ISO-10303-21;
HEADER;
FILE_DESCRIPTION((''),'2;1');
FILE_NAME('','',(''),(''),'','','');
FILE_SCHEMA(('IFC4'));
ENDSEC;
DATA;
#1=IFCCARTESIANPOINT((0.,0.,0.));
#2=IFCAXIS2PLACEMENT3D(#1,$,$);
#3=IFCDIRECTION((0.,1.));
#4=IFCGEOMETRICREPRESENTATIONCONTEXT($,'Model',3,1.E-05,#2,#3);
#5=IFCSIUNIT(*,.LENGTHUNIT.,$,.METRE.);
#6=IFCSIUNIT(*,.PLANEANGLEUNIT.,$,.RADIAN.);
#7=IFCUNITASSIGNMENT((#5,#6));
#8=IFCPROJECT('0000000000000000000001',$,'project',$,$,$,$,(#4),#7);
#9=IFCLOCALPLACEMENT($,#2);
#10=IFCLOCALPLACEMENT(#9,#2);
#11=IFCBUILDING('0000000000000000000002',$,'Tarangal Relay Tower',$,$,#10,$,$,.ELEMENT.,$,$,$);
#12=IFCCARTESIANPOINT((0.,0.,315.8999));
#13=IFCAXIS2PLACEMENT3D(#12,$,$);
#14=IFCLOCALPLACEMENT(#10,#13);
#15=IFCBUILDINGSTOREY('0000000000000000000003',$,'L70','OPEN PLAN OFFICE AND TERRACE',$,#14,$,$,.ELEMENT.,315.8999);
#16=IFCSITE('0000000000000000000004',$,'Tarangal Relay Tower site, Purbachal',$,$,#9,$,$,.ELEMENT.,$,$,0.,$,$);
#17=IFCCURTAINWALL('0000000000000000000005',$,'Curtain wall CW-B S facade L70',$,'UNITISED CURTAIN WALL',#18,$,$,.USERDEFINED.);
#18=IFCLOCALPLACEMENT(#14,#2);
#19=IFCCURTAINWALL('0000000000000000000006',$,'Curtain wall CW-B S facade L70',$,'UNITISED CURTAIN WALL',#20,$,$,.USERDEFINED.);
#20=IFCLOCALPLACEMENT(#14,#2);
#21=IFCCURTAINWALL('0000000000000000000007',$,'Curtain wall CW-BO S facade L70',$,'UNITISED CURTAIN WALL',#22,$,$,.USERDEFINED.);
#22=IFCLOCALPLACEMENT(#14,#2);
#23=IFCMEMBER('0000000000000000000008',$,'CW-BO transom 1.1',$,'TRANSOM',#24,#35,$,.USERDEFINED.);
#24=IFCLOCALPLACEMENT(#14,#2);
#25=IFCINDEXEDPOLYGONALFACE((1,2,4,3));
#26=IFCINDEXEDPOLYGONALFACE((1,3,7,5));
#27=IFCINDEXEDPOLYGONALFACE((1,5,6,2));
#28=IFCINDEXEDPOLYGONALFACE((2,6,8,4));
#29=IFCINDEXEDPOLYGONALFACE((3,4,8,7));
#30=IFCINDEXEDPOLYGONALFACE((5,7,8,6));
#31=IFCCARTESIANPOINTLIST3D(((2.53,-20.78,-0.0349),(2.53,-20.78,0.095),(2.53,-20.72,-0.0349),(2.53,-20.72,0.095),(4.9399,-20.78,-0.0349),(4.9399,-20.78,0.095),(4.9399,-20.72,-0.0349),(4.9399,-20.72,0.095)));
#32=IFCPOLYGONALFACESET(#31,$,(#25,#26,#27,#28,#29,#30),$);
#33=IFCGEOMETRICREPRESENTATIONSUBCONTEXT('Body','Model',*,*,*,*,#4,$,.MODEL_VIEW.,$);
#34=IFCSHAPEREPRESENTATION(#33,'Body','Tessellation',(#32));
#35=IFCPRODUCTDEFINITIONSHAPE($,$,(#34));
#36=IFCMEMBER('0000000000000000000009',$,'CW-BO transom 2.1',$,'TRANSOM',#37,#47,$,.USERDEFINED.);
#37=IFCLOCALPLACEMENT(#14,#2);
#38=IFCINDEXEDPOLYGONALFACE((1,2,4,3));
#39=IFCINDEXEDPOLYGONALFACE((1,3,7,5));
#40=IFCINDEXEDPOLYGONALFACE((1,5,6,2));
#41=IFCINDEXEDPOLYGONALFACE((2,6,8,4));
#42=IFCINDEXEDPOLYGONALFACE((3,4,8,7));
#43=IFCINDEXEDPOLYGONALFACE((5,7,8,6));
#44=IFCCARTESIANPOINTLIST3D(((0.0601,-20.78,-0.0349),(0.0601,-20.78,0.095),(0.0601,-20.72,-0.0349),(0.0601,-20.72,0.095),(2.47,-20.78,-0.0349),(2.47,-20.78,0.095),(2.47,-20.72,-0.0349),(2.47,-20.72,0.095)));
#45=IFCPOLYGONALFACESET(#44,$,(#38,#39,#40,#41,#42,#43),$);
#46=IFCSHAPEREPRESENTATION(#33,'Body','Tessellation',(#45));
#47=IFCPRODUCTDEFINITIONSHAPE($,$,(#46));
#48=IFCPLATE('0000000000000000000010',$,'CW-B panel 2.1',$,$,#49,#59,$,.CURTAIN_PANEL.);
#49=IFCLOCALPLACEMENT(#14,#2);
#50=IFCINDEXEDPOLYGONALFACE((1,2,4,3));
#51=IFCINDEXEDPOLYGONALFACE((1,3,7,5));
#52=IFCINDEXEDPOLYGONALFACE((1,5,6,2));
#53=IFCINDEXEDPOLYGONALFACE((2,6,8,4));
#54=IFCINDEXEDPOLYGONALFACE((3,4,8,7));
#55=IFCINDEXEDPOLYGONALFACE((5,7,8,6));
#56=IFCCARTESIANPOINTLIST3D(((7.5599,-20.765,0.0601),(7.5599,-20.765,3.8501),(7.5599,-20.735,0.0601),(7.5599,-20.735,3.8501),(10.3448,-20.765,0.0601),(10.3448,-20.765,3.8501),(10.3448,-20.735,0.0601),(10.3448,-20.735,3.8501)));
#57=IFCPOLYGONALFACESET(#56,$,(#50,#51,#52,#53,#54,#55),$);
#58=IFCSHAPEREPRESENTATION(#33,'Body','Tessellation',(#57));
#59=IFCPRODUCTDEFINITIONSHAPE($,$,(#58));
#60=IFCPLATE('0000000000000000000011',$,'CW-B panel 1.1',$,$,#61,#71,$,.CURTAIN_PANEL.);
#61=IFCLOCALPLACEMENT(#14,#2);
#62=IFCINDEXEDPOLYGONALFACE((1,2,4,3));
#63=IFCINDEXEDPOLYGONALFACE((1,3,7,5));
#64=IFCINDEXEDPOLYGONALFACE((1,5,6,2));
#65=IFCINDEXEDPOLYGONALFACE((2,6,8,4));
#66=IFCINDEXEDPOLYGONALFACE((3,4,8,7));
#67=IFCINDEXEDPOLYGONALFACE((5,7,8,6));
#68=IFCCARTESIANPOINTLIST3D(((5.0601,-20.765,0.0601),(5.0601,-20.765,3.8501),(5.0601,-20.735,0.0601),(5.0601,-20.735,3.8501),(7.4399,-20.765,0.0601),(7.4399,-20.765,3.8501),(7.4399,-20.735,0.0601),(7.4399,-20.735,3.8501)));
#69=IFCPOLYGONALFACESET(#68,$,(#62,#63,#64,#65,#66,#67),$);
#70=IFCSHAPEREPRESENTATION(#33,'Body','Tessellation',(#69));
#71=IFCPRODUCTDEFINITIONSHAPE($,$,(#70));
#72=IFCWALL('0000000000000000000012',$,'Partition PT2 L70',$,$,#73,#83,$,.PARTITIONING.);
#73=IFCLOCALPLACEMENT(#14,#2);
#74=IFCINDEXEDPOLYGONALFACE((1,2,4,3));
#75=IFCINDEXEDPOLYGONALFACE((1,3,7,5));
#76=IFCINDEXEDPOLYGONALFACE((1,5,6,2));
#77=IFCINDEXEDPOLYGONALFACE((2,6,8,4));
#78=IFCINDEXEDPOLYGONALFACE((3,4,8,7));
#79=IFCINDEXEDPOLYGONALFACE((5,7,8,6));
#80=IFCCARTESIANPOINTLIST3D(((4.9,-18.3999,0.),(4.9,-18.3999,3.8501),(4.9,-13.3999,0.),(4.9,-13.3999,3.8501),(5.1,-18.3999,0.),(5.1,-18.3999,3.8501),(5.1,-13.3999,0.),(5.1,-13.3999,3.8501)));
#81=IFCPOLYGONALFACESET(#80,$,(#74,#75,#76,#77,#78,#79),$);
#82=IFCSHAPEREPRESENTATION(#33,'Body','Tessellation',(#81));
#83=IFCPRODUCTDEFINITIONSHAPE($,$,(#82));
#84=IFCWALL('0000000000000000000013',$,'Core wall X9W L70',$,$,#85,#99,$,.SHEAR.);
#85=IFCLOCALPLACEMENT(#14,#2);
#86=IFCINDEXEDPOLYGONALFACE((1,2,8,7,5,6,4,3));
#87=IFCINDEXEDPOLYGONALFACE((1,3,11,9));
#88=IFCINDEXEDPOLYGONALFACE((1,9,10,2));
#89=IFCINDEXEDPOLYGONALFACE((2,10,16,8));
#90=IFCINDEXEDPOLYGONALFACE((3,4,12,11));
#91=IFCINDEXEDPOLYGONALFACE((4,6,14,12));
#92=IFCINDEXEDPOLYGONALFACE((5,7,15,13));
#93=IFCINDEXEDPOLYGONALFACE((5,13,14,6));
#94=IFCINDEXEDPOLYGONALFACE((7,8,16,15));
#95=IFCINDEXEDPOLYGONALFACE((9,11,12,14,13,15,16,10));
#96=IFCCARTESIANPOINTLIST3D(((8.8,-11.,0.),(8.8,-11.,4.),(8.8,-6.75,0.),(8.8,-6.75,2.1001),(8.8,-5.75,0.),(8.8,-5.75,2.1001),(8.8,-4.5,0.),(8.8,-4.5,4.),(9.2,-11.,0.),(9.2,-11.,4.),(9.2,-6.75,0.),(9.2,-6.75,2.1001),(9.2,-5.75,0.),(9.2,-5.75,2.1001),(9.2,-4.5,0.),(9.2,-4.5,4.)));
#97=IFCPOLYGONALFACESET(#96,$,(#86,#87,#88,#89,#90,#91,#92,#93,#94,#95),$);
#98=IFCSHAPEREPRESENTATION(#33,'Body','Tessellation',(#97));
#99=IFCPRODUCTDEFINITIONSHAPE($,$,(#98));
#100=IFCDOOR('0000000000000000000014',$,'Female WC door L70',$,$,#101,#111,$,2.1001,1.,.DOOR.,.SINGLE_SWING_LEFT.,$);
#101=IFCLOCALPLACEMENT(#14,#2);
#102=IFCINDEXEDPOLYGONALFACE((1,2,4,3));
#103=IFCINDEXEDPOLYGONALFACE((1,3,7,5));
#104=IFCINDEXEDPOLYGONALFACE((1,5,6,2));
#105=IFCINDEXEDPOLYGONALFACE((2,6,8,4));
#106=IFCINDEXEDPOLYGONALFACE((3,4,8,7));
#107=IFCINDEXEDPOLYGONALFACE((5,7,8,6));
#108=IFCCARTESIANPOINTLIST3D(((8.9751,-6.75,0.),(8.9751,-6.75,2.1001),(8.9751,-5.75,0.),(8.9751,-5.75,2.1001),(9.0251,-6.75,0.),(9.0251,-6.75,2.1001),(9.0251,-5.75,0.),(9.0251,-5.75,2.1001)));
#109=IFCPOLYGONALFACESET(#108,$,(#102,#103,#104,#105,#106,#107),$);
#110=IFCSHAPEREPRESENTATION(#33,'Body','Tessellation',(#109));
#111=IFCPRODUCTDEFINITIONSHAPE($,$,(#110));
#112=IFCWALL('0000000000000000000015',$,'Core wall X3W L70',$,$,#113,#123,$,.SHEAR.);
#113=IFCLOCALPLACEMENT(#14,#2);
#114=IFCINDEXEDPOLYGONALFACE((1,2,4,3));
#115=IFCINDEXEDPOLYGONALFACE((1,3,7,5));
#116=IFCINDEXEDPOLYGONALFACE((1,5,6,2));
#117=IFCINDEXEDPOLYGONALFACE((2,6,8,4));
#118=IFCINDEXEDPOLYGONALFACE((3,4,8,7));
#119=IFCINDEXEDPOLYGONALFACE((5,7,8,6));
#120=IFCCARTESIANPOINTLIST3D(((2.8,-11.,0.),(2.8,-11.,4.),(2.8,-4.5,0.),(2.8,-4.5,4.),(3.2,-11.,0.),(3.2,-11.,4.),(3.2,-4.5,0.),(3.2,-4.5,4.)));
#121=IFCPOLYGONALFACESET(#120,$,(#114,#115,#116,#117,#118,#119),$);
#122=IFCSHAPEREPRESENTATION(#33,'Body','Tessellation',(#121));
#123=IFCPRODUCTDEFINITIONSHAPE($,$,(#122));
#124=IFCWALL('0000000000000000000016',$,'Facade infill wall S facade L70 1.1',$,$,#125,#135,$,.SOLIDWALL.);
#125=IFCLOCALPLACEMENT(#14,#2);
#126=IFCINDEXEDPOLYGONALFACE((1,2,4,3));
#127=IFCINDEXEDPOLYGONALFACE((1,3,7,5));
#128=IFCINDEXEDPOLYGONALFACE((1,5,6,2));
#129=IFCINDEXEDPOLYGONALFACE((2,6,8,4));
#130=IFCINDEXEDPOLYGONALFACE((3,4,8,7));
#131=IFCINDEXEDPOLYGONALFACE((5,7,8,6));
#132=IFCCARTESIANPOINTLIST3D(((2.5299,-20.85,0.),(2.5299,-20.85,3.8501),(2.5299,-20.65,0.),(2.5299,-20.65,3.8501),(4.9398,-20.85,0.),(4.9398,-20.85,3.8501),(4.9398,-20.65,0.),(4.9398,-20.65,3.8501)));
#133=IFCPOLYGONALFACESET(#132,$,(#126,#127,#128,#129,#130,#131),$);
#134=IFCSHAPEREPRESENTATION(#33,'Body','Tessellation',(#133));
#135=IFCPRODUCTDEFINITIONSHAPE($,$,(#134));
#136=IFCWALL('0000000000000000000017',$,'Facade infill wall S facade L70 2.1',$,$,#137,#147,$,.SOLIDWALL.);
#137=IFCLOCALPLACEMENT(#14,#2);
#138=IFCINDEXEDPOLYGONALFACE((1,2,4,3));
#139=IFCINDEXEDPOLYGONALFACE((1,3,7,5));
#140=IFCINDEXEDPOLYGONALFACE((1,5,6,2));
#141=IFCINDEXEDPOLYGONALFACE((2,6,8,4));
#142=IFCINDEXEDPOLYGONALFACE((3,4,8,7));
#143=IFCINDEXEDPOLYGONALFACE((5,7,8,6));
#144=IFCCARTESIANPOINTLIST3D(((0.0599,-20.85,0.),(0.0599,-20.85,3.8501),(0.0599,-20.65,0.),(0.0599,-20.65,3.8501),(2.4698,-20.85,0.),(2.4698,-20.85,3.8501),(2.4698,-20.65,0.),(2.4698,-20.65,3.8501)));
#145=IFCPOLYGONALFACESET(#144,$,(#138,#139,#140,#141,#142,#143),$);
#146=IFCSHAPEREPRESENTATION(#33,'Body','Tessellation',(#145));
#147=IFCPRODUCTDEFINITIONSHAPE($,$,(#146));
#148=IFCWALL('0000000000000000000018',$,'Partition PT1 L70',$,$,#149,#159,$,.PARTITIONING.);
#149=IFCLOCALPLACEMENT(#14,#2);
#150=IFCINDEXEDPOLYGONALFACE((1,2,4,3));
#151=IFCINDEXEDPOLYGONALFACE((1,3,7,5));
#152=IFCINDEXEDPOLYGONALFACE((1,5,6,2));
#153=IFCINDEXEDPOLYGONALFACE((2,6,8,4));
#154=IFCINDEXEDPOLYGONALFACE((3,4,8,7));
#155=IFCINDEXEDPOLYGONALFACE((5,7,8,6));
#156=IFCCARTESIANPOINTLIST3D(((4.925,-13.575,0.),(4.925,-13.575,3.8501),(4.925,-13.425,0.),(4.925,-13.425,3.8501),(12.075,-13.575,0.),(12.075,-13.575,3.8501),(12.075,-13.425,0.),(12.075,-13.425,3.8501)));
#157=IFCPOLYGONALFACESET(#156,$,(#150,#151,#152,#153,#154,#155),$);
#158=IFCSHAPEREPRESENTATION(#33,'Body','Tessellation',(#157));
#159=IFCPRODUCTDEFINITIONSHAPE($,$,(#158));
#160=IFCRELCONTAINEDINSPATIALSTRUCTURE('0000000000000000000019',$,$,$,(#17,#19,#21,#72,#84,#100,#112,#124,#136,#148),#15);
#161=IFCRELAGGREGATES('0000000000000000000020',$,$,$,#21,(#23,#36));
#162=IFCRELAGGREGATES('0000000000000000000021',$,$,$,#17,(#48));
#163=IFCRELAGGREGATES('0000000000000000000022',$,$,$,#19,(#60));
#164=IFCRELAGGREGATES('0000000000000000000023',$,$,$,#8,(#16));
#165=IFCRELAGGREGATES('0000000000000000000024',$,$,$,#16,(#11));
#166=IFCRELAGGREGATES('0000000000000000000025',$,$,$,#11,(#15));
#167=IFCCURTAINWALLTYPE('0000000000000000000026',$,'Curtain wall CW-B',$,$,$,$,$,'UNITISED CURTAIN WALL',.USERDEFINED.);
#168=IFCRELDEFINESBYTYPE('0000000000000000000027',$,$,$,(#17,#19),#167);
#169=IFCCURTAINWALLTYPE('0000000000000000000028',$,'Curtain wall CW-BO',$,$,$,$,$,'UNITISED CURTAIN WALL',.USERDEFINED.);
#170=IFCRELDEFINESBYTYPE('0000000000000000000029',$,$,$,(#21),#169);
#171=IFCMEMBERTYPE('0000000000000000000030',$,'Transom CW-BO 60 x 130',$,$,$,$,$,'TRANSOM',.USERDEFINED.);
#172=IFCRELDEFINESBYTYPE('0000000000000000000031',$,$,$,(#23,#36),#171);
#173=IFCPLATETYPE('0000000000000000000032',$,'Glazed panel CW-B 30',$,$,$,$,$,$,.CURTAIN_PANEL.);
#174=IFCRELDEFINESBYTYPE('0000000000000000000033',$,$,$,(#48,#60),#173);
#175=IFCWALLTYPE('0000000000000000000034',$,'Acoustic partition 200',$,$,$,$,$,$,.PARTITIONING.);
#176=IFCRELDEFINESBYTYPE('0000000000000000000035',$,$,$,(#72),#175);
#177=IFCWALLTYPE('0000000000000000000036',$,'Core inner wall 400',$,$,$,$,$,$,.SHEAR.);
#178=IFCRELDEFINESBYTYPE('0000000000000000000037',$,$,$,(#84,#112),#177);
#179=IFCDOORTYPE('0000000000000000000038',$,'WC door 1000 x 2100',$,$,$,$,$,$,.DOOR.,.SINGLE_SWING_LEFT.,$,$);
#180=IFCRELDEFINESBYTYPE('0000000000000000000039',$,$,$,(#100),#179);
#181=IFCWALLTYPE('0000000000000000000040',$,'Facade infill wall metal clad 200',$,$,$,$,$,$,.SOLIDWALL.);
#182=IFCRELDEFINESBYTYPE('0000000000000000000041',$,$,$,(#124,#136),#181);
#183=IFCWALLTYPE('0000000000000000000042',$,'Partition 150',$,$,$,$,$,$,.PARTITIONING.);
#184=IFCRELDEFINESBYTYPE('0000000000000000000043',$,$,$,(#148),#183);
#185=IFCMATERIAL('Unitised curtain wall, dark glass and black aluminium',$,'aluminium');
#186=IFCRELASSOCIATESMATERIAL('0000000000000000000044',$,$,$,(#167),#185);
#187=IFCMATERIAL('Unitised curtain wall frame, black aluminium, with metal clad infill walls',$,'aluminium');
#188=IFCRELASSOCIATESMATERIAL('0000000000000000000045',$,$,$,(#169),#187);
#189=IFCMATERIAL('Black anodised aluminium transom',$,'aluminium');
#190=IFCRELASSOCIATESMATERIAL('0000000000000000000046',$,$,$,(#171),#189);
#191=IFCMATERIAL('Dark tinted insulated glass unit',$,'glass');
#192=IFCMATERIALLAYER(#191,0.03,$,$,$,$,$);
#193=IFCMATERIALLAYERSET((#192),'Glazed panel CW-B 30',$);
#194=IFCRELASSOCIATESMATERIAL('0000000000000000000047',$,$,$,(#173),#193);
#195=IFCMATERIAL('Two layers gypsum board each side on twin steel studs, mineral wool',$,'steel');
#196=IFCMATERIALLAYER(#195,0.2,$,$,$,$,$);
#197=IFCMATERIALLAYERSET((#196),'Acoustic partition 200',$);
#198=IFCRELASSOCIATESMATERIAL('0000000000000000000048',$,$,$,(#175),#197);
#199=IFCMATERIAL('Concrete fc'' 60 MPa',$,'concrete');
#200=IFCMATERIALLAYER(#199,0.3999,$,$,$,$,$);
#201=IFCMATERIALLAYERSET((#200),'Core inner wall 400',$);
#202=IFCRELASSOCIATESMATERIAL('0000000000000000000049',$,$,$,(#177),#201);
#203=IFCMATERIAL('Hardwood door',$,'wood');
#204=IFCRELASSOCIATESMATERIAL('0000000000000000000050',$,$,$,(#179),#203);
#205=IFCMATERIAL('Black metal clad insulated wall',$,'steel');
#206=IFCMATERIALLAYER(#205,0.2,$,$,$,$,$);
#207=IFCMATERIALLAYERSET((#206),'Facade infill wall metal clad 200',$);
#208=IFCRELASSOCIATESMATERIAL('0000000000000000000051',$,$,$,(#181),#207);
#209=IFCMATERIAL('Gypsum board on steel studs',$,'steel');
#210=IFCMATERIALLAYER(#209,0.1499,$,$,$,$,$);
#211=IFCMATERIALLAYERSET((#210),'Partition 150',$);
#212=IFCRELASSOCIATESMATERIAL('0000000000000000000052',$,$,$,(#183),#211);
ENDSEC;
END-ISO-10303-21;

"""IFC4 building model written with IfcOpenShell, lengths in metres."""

from ifc_helpers import new_model, si_unit, direction, frame, frame_2d, origin, origin_2d, place, context, subcontext, project, spatial, rectangle, extrude, material, layer, layer_set, material_profile, profile_set, type_object, element, fill, aggregate, save


model = new_model("IFC4")

# Units and contexts
model_context = context("Model", 3, precision=1e-05, world=origin(), true_north=direction((0.0, 1.0)))
body_context = subcontext(model_context, "Body", "Model", "MODEL_VIEW")
ifc_project = project(units=[si_unit("LENGTHUNIT", "METRE"), si_unit("PLANEANGLEUNIT", "RADIAN")], contexts=[model_context])

# Site, building, storey
site_placement = place(None, origin())
site = spatial("IfcSite", under=ifc_project, at=site_placement, Name="Tarangal Relay Tower site, Purbachal", CompositionType="ELEMENT", RefElevation=0.0)
building_placement = place(site_placement, origin())
building = spatial("IfcBuilding", under=site, at=building_placement, Name="Tarangal Relay Tower", CompositionType="ELEMENT")
storey_placement = place(building_placement, frame((0.0, 0.0, 315.8999)))
storey = spatial("IfcBuildingStorey", under=building, at=storey_placement, Name="L70", Description="OPEN PLAN OFFICE AND TERRACE", CompositionType="ELEMENT", Elevation=315.8999)

# Curtain wall
ifc_material_1 = material(Name="Unitised curtain wall, dark glass and black aluminium", Category="aluminium")
curtain_wall_type_1 = type_object("IfcCurtainWallType", Name="Curtain wall CW-B", ElementType="UNITISED CURTAIN WALL", PredefinedType="USERDEFINED", material=ifc_material_1)
curtain_wall_1_placement = place(storey_placement, origin())
curtain_wall_1 = element("IfcCurtainWall", 1, at=curtain_wall_1_placement, inside=storey, type_object=curtain_wall_type_1, Name="Curtain wall CW-B S facade L70", ObjectType="UNITISED CURTAIN WALL", PredefinedType="USERDEFINED")

# Curtain walls
curtain_wall_2_placement = place(storey_placement, origin())
curtain_wall_2 = element("IfcCurtainWall", 2, at=curtain_wall_2_placement, inside=storey, type_object=curtain_wall_type_1, Name="Curtain wall CW-B S facade L70", ObjectType="UNITISED CURTAIN WALL", PredefinedType="USERDEFINED")
ifc_material_2 = material(Name="Unitised curtain wall frame, black aluminium, with metal clad infill walls", Category="aluminium")
curtain_wall_type_2 = type_object("IfcCurtainWallType", Name="Curtain wall CW-BO", ElementType="UNITISED CURTAIN WALL", PredefinedType="USERDEFINED", material=ifc_material_2)
curtain_wall_3_placement = place(storey_placement, origin())
curtain_wall_3 = element("IfcCurtainWall", 3, at=curtain_wall_3_placement, inside=storey, type_object=curtain_wall_type_2, Name="Curtain wall CW-BO S facade L70", ObjectType="UNITISED CURTAIN WALL", PredefinedType="USERDEFINED")

# Members
ifc_material_3 = material(Name="Black anodised aluminium transom", Category="aluminium")
ifc_material_profile_1 = material_profile(ifc_material_3, rectangle(XDim=0.0601, YDim=0.1299, at=origin_2d()), Name="CW-BOT 60X130")
ifc_profile_set_1 = profile_set([ifc_material_profile_1], Name="Black anodised aluminium transom")
member_type_1 = type_object("IfcMemberType", Name="Transom CW-BO 60 x 130", ElementType="TRANSOM", PredefinedType="USERDEFINED", material=ifc_profile_set_1)
member_1_placement = place(storey_placement, frame((4.9399, -20.75, 0.03), z_axis=(-1.0, 0.0, 0.0), x_axis=(0.0, -1.0, 0.0)))
member_1 = element("IfcMember", 4, at=member_1_placement, type_object=member_type_1, Name="CW-BO transom 1.1", ObjectType="TRANSOM", PredefinedType="USERDEFINED", context=body_context, shape_type="SweptSolid", body=[
    extrude(rectangle(XDim=0.0601, YDim=0.1299, at=origin_2d()), origin(), (0.0, 0.0, 1.0), 2.4099),
])
member_2_placement = place(storey_placement, frame((2.47, -20.75, 0.03), z_axis=(-1.0, 0.0, 0.0), x_axis=(0.0, -1.0, 0.0)))
member_2 = element("IfcMember", 5, at=member_2_placement, type_object=member_type_1, Name="CW-BO transom 2.1", ObjectType="TRANSOM", PredefinedType="USERDEFINED", context=body_context, shape_type="SweptSolid", body=[
    extrude(rectangle(XDim=0.0601, YDim=0.1299, at=origin_2d()), origin(), (0.0, 0.0, 1.0), 2.4099),
])
aggregate(curtain_wall_3, [member_1, member_2])

# Plates
ifc_material_4 = material(Name="Dark tinted insulated glass unit", Category="glass")
ifc_layer_1 = layer(ifc_material_4, 0.03)
ifc_layer_set_1 = layer_set([ifc_layer_1], Name="Glazed panel CW-B 30")
plate_type = type_object("IfcPlateType", Name="Glazed panel CW-B 30", PredefinedType="CURTAIN_PANEL", material=ifc_layer_set_1)
plate_1_placement = place(storey_placement, frame((8.9524, -20.75, 0.0601), z_axis=(0.0, 0.0, 1.0), x_axis=(-1.0, 0.0, 0.0)))
plate_1 = element("IfcPlate", 6, at=plate_1_placement, type_object=plate_type, Name="CW-B panel 2.1", PredefinedType="CURTAIN_PANEL", context=body_context, shape_type="SweptSolid", body=[
    extrude(rectangle(XDim=2.7849, YDim=0.03, at=origin_2d()), origin(), (0.0, 0.0, 1.0), 3.79),
])
aggregate(curtain_wall_1, [plate_1])
plate_2_placement = place(storey_placement, frame((6.25, -20.75, 0.0601), z_axis=(0.0, 0.0, 1.0), x_axis=(-1.0, 0.0, 0.0)))
plate_2 = element("IfcPlate", 7, at=plate_2_placement, type_object=plate_type, Name="CW-B panel 1.1", PredefinedType="CURTAIN_PANEL", context=body_context, shape_type="SweptSolid", body=[
    extrude(rectangle(XDim=2.3799, YDim=0.03, at=origin_2d()), origin(), (0.0, 0.0, 1.0), 3.79),
])
aggregate(curtain_wall_2, [plate_2])

# Wall
ifc_material_5 = material(Name="Two layers gypsum board each side on twin steel studs, mineral wool", Category="steel")
ifc_layer_2 = layer(ifc_material_5, 0.2)
ifc_layer_set_2 = layer_set([ifc_layer_2], Name="Acoustic partition 200")
wall_type_1 = type_object("IfcWallType", Name="Acoustic partition 200", PredefinedType="PARTITIONING", material=ifc_layer_set_2)
wall_1_placement = place(storey_placement, frame((5.0, -18.3999, 0.0), z_axis=(0.0, 0.0, 1.0), x_axis=(0.0, 1.0, 0.0)))
element("IfcWall", 8, at=wall_1_placement, inside=storey, type_object=wall_type_1, Name="Partition PT2 L70", PredefinedType="PARTITIONING", context=body_context, shape_type="SweptSolid", body=[
    extrude(rectangle(XDim=5.0, YDim=0.2, at=frame_2d((2.5, 0.0))), origin(), (0.0, 0.0, 1.0), 3.8501),
])

# Wall, opening, door
ifc_material_6 = material(Name="Concrete fc' 60 MPa", Category="concrete")
ifc_layer_3 = layer(ifc_material_6, 0.3999)
ifc_layer_set_3 = layer_set([ifc_layer_3], Name="Core inner wall 400")
wall_type_2 = type_object("IfcWallType", Name="Core inner wall 400", PredefinedType="SHEAR", material=ifc_layer_set_3)
wall_2_placement = place(storey_placement, frame((9.0, -11.0, 0.0), z_axis=(0.0, 0.0, 1.0), x_axis=(0.0, 1.0, 0.0)))
wall_2 = element("IfcWall", 9, at=wall_2_placement, inside=storey, type_object=wall_type_2, Name="Core wall X9W L70", PredefinedType="SHEAR", context=body_context, shape_type="SweptSolid", body=[
    extrude(rectangle(XDim=6.5, YDim=0.3999, at=frame_2d((3.25, 0.0))), origin(), (0.0, 0.0, 1.0), 4.0),
])
opening_1_placement = place(wall_2_placement, frame((4.25, 0.0, 0.0)))
opening_1 = element("IfcOpeningElement", 10, at=opening_1_placement, cuts=wall_2, PredefinedType="OPENING", context=body_context, shape_type="SweptSolid", body=[
    extrude(rectangle(XDim=1.0, YDim=2.1001, at=frame_2d((0.5, 1.05))), frame((0.0, 0.21, 0.0), z_axis=(0.0, -1.0, 0.0), x_axis=(1.0, 0.0, 0.0)), (0.0, 0.0, 1.0), 0.4199),
])
ifc_material_7 = material(Name="Hardwood door", Category="wood")
door_type = type_object("IfcDoorType", Name="WC door 1000 x 2100", OperationType="SINGLE_SWING_LEFT", PredefinedType="DOOR", material=ifc_material_7)
door_1_placement = place(opening_1_placement, origin())
door_1 = element("IfcDoor", 11, at=door_1_placement, inside=storey, type_object=door_type, Name="Female WC door L70", OperationType="SINGLE_SWING_LEFT", OverallHeight=2.1001, OverallWidth=1.0, PredefinedType="DOOR", context=body_context, shape_type="SweptSolid", body=[
    extrude(rectangle(XDim=1.0, YDim=2.1001, at=frame_2d((0.5, 1.05))), frame((0.0, 0.0249, 0.0), z_axis=(0.0, -1.0, 0.0), x_axis=(1.0, 0.0, 0.0)), (0.0, 0.0, 1.0), 0.05),
])
fill(opening_1, door_1)

# Walls
wall_3_placement = place(storey_placement, frame((3.0, -11.0, 0.0), z_axis=(0.0, 0.0, 1.0), x_axis=(0.0, 1.0, 0.0)))
element("IfcWall", 12, at=wall_3_placement, inside=storey, type_object=wall_type_2, Name="Core wall X3W L70", PredefinedType="SHEAR", context=body_context, shape_type="SweptSolid", body=[
    extrude(rectangle(XDim=6.5, YDim=0.3999, at=frame_2d((3.25, 0.0))), origin(), (0.0, 0.0, 1.0), 4.0),
])
ifc_material_8 = material(Name="Black metal clad insulated wall", Category="steel")
ifc_layer_4 = layer(ifc_material_8, 0.2)
ifc_layer_set_4 = layer_set([ifc_layer_4], Name="Facade infill wall metal clad 200")
wall_type_3 = type_object("IfcWallType", Name="Facade infill wall metal clad 200", PredefinedType="SOLIDWALL", material=ifc_layer_set_4)
for number, where, z_axis, x_axis, name in (
    (13, (4.9399, -20.75, 0.0), (0.0, 0.0, 1.0), (-1.0, 0.0, 0.0), "Facade infill wall S facade L70 1.1"),
    (14, (2.47, -20.75, 0.0), (0.0, 0.0, 1.0), (-1.0, 0.0, 0.0), "Facade infill wall S facade L70 2.1"),
):
    element("IfcWall", number, at=place(storey_placement, frame(where, z_axis=z_axis, x_axis=x_axis)), inside=storey, type_object=wall_type_3, Name=name, PredefinedType="SOLIDWALL", context=body_context, shape_type="SweptSolid", body=[
        extrude(rectangle(XDim=2.4099, YDim=0.2, at=frame_2d((1.2051, 0.0))), origin(), (0.0, 0.0, 1.0), 3.8501),
    ])
ifc_material_9 = material(Name="Gypsum board on steel studs", Category="steel")
ifc_layer_5 = layer(ifc_material_9, 0.1499)
ifc_layer_set_5 = layer_set([ifc_layer_5], Name="Partition 150")
wall_type_4 = type_object("IfcWallType", Name="Partition 150", PredefinedType="PARTITIONING", material=ifc_layer_set_5)
wall_4_placement = place(storey_placement, frame((4.925, -13.5, 0.0), z_axis=(0.0, 0.0, 1.0), x_axis=(1.0, 0.0, 0.0)))
element("IfcWall", 15, at=wall_4_placement, inside=storey, type_object=wall_type_4, Name="Partition PT1 L70", PredefinedType="PARTITIONING", context=body_context, shape_type="SweptSolid", body=[
    extrude(rectangle(XDim=7.1499, YDim=0.1499, at=frame_2d((3.575, 0.0))), origin(), (0.0, 0.0, 1.0), 3.8501),
])

save(model, "model.ifc")
